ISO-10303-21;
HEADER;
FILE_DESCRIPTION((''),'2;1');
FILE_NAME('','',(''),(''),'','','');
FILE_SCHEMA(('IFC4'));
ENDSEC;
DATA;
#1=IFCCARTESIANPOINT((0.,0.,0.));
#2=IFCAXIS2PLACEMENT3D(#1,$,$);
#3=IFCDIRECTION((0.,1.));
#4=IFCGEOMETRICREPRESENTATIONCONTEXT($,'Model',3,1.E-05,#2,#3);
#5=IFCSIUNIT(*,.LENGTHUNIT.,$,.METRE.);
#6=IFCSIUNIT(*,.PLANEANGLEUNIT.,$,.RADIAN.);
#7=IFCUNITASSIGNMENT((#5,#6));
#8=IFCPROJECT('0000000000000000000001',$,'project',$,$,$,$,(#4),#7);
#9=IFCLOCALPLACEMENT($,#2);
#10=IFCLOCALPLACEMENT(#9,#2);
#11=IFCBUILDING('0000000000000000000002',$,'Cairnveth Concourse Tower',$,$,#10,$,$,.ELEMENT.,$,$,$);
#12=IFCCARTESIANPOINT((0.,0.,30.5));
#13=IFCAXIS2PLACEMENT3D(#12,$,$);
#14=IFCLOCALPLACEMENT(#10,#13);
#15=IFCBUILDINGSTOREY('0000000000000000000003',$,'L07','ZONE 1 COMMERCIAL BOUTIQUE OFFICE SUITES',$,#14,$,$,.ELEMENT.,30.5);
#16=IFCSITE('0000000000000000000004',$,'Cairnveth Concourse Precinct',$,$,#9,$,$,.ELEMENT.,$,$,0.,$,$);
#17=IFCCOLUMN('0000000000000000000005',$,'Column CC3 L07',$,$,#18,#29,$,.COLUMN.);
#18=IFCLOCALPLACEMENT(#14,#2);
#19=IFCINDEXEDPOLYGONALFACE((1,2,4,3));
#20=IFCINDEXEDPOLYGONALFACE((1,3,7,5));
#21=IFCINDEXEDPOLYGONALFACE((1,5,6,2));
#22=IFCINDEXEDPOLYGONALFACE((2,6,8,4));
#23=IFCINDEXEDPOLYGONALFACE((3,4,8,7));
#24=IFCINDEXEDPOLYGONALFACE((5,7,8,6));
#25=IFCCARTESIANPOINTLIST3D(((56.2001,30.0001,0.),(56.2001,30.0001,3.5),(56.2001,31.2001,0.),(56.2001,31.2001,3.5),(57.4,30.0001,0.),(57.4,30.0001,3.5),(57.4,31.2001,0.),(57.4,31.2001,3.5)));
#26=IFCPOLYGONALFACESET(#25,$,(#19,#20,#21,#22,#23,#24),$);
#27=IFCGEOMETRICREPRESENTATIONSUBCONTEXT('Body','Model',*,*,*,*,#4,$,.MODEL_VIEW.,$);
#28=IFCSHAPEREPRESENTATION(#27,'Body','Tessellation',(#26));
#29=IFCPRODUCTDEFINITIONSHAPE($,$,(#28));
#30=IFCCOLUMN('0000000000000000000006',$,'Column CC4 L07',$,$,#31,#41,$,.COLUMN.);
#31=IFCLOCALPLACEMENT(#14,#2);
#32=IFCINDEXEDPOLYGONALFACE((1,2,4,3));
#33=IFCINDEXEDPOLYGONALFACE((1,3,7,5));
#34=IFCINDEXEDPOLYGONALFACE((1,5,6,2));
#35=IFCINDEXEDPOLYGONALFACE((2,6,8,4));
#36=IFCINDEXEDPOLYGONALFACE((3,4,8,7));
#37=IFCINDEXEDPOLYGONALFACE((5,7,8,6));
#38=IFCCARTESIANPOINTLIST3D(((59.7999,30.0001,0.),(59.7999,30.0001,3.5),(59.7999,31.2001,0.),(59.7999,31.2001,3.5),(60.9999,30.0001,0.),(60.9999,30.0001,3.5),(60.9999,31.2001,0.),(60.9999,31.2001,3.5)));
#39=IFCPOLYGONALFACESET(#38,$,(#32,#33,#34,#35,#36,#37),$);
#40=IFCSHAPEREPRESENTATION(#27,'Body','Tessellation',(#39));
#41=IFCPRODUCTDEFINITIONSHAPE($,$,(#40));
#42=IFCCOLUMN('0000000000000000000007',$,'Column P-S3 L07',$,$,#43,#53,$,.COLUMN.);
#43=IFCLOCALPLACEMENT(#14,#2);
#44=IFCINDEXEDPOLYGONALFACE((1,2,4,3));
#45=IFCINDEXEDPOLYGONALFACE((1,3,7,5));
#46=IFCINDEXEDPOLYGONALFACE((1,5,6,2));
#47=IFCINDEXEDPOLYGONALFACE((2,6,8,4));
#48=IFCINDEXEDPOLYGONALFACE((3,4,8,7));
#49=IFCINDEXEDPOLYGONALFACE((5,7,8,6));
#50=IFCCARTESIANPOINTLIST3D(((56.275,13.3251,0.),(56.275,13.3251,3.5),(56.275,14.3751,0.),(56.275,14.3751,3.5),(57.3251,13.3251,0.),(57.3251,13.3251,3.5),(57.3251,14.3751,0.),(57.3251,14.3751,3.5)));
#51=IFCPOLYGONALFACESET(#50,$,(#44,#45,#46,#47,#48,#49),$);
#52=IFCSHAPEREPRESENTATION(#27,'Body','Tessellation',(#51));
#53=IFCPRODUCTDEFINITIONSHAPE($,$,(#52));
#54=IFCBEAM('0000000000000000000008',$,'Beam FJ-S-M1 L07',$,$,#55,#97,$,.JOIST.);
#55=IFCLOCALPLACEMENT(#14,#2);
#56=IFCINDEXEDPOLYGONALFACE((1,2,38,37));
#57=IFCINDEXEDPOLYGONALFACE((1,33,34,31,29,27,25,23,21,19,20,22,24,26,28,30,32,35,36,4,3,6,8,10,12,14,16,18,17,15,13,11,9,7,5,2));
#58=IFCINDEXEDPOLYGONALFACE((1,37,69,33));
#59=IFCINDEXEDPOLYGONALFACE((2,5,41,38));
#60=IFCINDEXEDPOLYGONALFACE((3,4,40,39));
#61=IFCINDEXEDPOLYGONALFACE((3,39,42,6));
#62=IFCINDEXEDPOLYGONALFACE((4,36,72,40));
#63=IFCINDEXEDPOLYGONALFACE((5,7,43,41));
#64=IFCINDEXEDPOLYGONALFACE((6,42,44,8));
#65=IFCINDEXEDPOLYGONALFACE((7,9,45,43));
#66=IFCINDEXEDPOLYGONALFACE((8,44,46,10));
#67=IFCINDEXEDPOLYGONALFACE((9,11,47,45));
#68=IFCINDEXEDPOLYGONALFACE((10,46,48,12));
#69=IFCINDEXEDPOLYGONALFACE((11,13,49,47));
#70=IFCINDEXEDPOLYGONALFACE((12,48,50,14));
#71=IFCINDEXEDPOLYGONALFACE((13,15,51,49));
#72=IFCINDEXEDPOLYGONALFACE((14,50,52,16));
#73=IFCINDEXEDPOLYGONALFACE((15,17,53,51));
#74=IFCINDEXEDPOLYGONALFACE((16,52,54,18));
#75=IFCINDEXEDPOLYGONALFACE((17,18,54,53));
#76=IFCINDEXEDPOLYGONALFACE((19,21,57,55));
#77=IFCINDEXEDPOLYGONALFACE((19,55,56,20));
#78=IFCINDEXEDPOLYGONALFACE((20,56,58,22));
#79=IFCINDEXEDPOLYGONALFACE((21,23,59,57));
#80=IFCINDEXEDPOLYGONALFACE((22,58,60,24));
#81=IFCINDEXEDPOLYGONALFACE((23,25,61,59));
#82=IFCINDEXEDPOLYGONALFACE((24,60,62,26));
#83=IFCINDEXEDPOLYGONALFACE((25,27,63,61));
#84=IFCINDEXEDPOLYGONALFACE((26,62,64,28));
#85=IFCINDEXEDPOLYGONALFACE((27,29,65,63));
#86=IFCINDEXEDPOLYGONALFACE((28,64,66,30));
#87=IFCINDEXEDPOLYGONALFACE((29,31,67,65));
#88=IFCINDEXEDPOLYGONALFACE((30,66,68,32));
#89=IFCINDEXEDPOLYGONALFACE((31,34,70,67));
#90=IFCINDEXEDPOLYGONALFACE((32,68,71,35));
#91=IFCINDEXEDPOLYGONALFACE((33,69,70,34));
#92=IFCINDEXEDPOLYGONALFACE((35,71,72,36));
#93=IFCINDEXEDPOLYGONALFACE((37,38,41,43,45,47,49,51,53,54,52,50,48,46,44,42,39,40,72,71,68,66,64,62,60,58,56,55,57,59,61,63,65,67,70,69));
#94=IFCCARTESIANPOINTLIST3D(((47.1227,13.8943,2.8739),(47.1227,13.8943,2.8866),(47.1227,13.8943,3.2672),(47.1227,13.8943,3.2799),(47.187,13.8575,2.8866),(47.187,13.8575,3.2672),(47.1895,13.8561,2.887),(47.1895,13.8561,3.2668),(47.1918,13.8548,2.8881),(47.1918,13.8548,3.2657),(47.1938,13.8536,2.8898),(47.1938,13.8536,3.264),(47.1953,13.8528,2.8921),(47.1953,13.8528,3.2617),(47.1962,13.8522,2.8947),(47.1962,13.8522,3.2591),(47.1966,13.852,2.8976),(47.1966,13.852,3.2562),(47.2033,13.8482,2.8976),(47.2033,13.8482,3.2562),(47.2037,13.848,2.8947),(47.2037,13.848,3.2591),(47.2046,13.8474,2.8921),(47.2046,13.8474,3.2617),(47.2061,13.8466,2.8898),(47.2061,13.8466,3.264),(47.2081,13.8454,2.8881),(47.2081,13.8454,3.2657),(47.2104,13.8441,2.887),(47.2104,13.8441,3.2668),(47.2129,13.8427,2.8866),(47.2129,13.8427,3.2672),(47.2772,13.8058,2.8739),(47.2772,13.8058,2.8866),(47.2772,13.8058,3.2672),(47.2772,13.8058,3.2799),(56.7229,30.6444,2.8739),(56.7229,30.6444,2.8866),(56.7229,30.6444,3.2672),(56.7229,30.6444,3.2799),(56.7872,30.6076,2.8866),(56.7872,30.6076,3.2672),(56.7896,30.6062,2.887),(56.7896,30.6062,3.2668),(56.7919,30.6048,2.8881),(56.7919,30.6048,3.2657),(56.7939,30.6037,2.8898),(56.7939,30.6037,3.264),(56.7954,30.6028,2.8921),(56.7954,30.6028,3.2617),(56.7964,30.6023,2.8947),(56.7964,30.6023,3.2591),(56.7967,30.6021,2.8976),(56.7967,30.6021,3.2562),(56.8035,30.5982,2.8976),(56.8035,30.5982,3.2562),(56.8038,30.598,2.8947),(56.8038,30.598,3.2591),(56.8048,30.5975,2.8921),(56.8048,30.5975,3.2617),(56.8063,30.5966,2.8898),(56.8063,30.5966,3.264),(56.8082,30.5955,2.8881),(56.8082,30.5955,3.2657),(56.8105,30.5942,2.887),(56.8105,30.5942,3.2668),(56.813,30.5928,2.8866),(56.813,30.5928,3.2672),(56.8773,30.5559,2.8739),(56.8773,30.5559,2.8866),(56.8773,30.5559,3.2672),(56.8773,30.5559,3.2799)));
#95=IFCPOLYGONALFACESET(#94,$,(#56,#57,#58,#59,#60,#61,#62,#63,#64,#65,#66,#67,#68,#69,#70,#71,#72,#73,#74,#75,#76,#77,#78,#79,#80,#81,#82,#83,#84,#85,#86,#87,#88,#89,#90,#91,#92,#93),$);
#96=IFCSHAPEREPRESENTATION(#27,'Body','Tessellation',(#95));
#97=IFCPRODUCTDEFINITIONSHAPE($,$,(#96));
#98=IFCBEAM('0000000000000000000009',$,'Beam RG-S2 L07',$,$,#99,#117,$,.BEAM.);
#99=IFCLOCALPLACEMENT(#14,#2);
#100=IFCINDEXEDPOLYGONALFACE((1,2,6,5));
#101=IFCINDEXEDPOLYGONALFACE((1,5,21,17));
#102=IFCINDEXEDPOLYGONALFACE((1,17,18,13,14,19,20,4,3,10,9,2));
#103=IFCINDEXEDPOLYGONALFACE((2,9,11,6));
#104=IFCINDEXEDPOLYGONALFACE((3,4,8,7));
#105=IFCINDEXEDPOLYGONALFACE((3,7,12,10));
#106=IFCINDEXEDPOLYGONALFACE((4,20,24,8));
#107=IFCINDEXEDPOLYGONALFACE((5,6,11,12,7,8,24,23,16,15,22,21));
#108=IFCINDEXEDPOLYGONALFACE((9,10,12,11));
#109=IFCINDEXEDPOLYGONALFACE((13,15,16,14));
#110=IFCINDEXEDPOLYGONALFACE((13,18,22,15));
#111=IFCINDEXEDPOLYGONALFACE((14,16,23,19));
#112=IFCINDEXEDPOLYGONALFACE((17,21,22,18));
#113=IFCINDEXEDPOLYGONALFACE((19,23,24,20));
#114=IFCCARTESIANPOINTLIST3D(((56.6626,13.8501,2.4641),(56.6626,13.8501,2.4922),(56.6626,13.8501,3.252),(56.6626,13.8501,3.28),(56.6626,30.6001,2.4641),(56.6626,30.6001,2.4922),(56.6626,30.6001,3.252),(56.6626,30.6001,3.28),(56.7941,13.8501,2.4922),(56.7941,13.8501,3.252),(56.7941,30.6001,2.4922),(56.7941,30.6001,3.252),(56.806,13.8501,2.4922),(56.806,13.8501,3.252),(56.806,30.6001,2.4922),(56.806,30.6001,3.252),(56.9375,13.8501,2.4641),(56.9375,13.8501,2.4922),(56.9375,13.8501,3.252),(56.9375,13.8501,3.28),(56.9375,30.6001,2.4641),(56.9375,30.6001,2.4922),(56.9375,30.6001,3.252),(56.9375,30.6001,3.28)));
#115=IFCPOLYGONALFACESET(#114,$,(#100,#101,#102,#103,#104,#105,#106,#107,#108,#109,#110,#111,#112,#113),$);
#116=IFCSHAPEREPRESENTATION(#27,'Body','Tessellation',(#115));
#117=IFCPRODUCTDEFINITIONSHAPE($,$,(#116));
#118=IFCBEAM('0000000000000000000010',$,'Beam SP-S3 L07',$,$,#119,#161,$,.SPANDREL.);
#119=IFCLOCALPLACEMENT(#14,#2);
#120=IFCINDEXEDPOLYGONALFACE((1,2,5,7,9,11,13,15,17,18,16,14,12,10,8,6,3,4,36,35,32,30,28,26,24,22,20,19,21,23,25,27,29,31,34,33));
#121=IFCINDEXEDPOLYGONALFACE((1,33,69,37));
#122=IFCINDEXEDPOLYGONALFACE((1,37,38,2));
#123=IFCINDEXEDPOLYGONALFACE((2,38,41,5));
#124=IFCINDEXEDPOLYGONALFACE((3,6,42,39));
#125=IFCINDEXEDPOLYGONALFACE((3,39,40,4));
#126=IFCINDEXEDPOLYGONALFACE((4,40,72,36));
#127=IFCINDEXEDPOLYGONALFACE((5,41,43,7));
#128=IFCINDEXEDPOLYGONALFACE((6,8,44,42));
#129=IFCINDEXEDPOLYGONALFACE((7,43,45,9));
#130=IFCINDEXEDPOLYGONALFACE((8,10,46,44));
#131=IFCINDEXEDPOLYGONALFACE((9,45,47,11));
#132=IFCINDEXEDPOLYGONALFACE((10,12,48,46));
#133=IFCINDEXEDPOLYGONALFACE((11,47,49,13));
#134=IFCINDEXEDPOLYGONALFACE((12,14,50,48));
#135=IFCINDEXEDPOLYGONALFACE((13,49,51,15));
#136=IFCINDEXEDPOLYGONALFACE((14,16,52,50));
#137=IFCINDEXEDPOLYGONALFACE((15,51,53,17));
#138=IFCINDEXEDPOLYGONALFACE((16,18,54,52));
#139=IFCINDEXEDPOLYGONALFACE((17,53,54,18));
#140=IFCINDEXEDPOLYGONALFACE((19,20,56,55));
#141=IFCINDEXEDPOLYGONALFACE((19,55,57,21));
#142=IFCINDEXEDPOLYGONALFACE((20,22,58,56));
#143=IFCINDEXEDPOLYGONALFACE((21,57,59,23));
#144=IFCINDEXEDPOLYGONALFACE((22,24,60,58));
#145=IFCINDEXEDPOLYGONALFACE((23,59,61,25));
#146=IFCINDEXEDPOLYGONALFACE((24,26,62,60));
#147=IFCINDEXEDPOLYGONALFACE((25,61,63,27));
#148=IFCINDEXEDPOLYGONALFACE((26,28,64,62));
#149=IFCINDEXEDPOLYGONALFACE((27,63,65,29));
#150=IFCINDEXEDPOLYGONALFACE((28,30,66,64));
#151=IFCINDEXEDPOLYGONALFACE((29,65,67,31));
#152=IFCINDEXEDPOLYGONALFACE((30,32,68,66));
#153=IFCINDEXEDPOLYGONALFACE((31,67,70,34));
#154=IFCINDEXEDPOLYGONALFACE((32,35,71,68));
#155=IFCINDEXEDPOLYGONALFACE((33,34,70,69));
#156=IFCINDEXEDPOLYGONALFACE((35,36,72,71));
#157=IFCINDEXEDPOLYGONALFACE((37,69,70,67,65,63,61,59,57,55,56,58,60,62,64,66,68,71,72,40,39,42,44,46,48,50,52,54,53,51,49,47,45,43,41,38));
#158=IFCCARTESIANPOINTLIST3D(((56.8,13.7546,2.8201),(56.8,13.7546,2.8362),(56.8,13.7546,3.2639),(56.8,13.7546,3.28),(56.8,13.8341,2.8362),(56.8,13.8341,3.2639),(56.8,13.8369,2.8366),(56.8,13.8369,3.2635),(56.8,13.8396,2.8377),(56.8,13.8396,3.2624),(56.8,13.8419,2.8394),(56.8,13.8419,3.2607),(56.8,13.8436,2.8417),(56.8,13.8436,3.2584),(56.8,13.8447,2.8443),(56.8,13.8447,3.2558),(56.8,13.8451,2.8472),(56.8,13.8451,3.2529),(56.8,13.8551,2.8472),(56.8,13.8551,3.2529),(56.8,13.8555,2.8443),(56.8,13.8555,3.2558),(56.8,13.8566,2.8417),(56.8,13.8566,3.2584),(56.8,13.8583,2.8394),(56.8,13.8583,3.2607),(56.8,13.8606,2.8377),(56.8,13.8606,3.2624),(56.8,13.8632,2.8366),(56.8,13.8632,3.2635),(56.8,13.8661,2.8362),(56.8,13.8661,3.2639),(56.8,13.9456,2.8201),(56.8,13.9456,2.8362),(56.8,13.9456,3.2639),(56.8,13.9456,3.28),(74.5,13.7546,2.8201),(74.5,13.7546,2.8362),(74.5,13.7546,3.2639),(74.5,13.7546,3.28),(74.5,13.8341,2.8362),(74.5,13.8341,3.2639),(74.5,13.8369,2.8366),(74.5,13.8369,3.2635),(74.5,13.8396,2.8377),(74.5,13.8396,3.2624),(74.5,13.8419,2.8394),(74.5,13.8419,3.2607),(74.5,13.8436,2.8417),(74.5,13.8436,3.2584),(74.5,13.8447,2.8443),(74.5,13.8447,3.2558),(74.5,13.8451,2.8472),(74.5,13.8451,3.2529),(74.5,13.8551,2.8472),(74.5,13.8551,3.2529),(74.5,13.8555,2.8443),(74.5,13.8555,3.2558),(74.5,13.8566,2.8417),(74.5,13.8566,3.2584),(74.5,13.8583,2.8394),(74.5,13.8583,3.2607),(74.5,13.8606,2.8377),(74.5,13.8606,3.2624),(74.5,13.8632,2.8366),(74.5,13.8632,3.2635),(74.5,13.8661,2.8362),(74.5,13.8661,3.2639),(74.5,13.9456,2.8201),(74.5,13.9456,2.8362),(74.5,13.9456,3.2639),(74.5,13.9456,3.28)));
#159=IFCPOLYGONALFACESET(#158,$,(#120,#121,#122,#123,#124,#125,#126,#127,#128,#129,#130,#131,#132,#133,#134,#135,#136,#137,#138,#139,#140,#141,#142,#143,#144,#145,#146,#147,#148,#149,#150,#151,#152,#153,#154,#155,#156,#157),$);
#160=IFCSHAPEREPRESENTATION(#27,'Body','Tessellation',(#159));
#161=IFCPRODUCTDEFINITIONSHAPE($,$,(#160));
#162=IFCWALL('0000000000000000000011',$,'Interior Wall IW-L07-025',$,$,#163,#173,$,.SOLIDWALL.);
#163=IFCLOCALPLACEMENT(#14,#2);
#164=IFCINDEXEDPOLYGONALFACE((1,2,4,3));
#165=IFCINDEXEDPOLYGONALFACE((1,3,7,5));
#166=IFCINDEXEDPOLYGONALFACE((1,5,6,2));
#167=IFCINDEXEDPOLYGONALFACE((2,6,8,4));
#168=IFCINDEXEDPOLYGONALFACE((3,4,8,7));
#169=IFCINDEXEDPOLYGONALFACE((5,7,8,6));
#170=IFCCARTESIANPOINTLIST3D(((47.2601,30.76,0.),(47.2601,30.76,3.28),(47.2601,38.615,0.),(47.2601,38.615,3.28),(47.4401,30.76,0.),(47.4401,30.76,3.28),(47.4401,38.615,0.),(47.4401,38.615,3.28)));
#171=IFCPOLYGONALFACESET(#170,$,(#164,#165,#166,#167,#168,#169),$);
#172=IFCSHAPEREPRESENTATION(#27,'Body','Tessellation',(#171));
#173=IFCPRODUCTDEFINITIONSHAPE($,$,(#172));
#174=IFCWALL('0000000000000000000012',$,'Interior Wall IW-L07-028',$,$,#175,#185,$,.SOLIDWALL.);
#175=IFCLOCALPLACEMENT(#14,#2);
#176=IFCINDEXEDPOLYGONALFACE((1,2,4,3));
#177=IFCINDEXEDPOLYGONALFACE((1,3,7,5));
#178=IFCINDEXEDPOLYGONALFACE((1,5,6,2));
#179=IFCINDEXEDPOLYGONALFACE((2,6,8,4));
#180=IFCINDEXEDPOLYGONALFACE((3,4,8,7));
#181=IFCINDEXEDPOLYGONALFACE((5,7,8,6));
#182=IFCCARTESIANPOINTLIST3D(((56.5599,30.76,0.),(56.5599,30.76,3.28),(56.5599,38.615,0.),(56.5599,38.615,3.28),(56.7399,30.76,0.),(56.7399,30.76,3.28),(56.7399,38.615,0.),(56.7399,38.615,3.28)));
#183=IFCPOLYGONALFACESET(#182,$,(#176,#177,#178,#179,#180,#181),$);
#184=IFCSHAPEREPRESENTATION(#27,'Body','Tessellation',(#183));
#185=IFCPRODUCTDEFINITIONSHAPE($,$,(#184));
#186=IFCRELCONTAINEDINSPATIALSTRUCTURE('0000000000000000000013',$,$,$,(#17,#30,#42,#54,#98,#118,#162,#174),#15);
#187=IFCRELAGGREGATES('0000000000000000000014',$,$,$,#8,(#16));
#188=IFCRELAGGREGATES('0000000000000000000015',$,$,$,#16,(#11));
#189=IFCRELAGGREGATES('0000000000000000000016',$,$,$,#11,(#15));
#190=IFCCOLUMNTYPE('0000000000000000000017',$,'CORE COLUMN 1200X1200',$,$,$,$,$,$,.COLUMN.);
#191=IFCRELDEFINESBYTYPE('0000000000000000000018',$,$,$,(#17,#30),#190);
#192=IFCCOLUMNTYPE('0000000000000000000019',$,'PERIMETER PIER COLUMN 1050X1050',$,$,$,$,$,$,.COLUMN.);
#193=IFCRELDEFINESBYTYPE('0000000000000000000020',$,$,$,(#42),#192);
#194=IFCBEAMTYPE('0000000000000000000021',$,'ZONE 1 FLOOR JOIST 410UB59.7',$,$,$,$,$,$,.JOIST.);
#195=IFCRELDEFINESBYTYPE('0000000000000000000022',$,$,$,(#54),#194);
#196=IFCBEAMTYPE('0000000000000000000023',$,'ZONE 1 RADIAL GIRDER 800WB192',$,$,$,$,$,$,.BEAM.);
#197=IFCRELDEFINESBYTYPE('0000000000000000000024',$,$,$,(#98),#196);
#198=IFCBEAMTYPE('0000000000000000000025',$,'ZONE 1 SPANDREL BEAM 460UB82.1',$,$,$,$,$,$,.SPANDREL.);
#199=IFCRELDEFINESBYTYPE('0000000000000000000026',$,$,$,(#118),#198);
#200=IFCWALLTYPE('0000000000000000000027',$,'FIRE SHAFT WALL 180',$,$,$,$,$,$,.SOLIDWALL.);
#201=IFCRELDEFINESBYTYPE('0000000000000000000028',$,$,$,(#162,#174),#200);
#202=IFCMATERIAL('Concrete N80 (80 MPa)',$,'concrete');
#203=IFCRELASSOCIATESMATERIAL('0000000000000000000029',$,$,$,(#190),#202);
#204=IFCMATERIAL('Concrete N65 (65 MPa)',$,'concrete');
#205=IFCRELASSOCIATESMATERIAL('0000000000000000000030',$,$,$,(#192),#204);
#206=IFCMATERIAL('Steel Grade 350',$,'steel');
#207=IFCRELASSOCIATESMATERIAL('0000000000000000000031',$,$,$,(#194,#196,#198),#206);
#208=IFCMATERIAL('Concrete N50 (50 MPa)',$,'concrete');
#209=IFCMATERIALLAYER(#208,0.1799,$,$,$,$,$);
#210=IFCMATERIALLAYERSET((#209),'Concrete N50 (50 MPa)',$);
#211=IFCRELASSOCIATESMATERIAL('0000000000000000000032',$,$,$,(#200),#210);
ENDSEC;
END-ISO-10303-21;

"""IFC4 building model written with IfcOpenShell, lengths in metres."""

from ifc_helpers import new_model, si_unit, direction, frame, frame_2d, origin, origin_2d, place, context, subcontext, project, spatial, rectangle, i_section, extrude, material, layer, layer_set, material_profile, profile_set, type_object, element, save


model = new_model("IFC4")

# Units and contexts
model_context = context("Model", 3, precision=1e-05, world=origin(), true_north=direction((0.0, 1.0)))
body_context = subcontext(model_context, "Body", "Model", "MODEL_VIEW")
ifc_project = project(units=[si_unit("LENGTHUNIT", "METRE"), si_unit("PLANEANGLEUNIT", "RADIAN")], contexts=[model_context])

# Site, building, storey
site_placement = place(None, origin())
site = spatial("IfcSite", under=ifc_project, at=site_placement, Name="Cairnveth Concourse Precinct", CompositionType="ELEMENT", RefElevation=0.0)
building_placement = place(site_placement, origin())
building = spatial("IfcBuilding", under=site, at=building_placement, Name="Cairnveth Concourse Tower", CompositionType="ELEMENT")
storey_placement = place(building_placement, frame((0.0, 0.0, 30.5)))
storey = spatial("IfcBuildingStorey", under=building, at=storey_placement, Name="L07", Description="ZONE 1 COMMERCIAL BOUTIQUE OFFICE SUITES", CompositionType="ELEMENT", Elevation=30.5)

# Columns
ifc_material_1 = material(Name="Concrete N80 (80 MPa)", Category="concrete")
ifc_material_profile_1 = material_profile(ifc_material_1, rectangle(XDim=1.2, YDim=1.2, at=origin_2d()), Name="RC-COL-1200x1200")
ifc_profile_set_1 = profile_set([ifc_material_profile_1], Name="Concrete N80 (80 MPa)")
column_type_1 = type_object("IfcColumnType", Name="CORE COLUMN 1200X1200", PredefinedType="COLUMN", material=ifc_profile_set_1)
for number, where, z_axis, x_axis, name in (
    (1, (56.8, 30.6001, 0.0), (0.0, 0.0, 1.0), (1.0, 0.0, 0.0), "Column CC3 L07"),
    (2, (60.3999, 30.6001, 0.0), (0.0, 0.0, 1.0), (1.0, 0.0, 0.0), "Column CC4 L07"),
):
    element("IfcColumn", number, at=place(storey_placement, frame(where, z_axis=z_axis, x_axis=x_axis)), inside=storey, type_object=column_type_1, Name=name, PredefinedType="COLUMN", context=body_context, shape_type="SweptSolid", body=[
        extrude(rectangle(XDim=1.2, YDim=1.2, at=origin_2d()), origin(), (0.0, 0.0, 1.0), 3.5),
    ])
ifc_material_2 = material(Name="Concrete N65 (65 MPa)", Category="concrete")
ifc_material_profile_2 = material_profile(ifc_material_2, rectangle(XDim=1.05, YDim=1.05, at=origin_2d()), Name="RC-COL-1050x1050")
ifc_profile_set_2 = profile_set([ifc_material_profile_2], Name="Concrete N65 (65 MPa)")
column_type_2 = type_object("IfcColumnType", Name="PERIMETER PIER COLUMN 1050X1050", PredefinedType="COLUMN", material=ifc_profile_set_2)
column_placement = place(storey_placement, frame((56.8, 13.8501, 0.0), z_axis=(0.0, 0.0, 1.0), x_axis=(1.0, 0.0, 0.0)))
element("IfcColumn", 3, at=column_placement, inside=storey, type_object=column_type_2, Name="Column P-S3 L07", PredefinedType="COLUMN", context=body_context, shape_type="SweptSolid", body=[
    extrude(rectangle(XDim=1.05, YDim=1.05, at=origin_2d()), origin(), (0.0, 0.0, 1.0), 3.5),
])

# Beams
ifc_material_3 = material(Name="Steel Grade 350", Category="steel")
ifc_material_profile_3 = material_profile(ifc_material_3, i_section(OverallWidth=0.178, OverallDepth=0.406, WebThickness=0.0078, FlangeThickness=0.0127, FilletRadius=0.011, at=origin_2d()), Name="410UB59.7")
ifc_profile_set_3 = profile_set([ifc_material_profile_3], Name="Steel Grade 350")
beam_type_1 = type_object("IfcBeamType", Name="ZONE 1 FLOOR JOIST 410UB59.7", PredefinedType="JOIST", material=ifc_profile_set_3)
beam_1_placement = place(storey_placement, frame((47.2, 13.8501, 3.0769), z_axis=(0.497258, 0.867603, 0.0), x_axis=(-0.867603, 0.497258, 0.0)))
element("IfcBeam", 4, at=beam_1_placement, inside=storey, type_object=beam_type_1, Name="Beam FJ-S-M1 L07", PredefinedType="JOIST", context=body_context, shape_type="SweptSolid", body=[
    extrude(i_section(OverallWidth=0.178, OverallDepth=0.406, WebThickness=0.0078, FlangeThickness=0.0127, FilletRadius=0.011, at=origin_2d()), origin(), (0.0, 0.0, 1.0), 19.3062),
])
ifc_material_profile_4 = material_profile(ifc_material_3, i_section(OverallWidth=0.2749, OverallDepth=0.8159, WebThickness=0.012, FlangeThickness=0.0281, at=origin_2d()), Name="800WB192")
ifc_profile_set_4 = profile_set([ifc_material_profile_4], Name="Steel Grade 350")
beam_type_2 = type_object("IfcBeamType", Name="ZONE 1 RADIAL GIRDER 800WB192", PredefinedType="BEAM", material=ifc_profile_set_4)
beam_2_placement = place(storey_placement, frame((56.8, 13.8501, 2.8721), z_axis=(0.0, 1.0, 0.0), x_axis=(-1.0, 0.0, 0.0)))
element("IfcBeam", 5, at=beam_2_placement, inside=storey, type_object=beam_type_2, Name="Beam RG-S2 L07", PredefinedType="BEAM", context=body_context, shape_type="SweptSolid", body=[
    extrude(i_section(OverallWidth=0.2749, OverallDepth=0.8159, WebThickness=0.012, FlangeThickness=0.0281, at=origin_2d()), origin(), (0.0, 0.0, 1.0), 16.75),
])
ifc_material_profile_5 = material_profile(ifc_material_3, i_section(OverallWidth=0.1909, OverallDepth=0.46, WebThickness=0.01, FlangeThickness=0.0161, FilletRadius=0.011, at=origin_2d()), Name="460UB82.1")
ifc_profile_set_5 = profile_set([ifc_material_profile_5], Name="Steel Grade 350")
beam_type_3 = type_object("IfcBeamType", Name="ZONE 1 SPANDREL BEAM 460UB82.1", PredefinedType="SPANDREL", material=ifc_profile_set_5)
beam_3_placement = place(storey_placement, frame((56.8, 13.8501, 3.05), z_axis=(1.0, 0.0, 0.0), x_axis=(0.0, 1.0, 0.0)))
element("IfcBeam", 6, at=beam_3_placement, inside=storey, type_object=beam_type_3, Name="Beam SP-S3 L07", PredefinedType="SPANDREL", context=body_context, shape_type="SweptSolid", body=[
    extrude(i_section(OverallWidth=0.1909, OverallDepth=0.46, WebThickness=0.01, FlangeThickness=0.0161, FilletRadius=0.011, at=origin_2d()), origin(), (0.0, 0.0, 1.0), 17.7),
])

# Walls
ifc_material_4 = material(Name="Concrete N50 (50 MPa)", Category="concrete")
ifc_layer_1 = layer(ifc_material_4, 0.1799)
ifc_layer_set_1 = layer_set([ifc_layer_1], Name="Concrete N50 (50 MPa)")
wall_type_1 = type_object("IfcWallType", Name="FIRE SHAFT WALL 180", PredefinedType="SOLIDWALL", material=ifc_layer_set_1)
for number, where, z_axis, x_axis, name in (
    (7, (47.3501, 30.76, 0.0), (0.0, 0.0, 1.0), (0.0, 1.0, 0.0), "Interior Wall IW-L07-025"),
    (8, (56.6499, 30.76, 0.0), (0.0, 0.0, 1.0), (0.0, 1.0, 0.0), "Interior Wall IW-L07-028"),
):
    element("IfcWall", number, at=place(storey_placement, frame(where, z_axis=z_axis, x_axis=x_axis)), inside=storey, type_object=wall_type_1, Name=name, PredefinedType="SOLIDWALL", context=body_context, shape_type="SweptSolid", body=[
        extrude(rectangle(XDim=7.855, YDim=0.1799, at=frame_2d((3.9275, 0.0))), origin(), (0.0, 0.0, 1.0), 3.28),
    ])

save(model, "model.ifc")
